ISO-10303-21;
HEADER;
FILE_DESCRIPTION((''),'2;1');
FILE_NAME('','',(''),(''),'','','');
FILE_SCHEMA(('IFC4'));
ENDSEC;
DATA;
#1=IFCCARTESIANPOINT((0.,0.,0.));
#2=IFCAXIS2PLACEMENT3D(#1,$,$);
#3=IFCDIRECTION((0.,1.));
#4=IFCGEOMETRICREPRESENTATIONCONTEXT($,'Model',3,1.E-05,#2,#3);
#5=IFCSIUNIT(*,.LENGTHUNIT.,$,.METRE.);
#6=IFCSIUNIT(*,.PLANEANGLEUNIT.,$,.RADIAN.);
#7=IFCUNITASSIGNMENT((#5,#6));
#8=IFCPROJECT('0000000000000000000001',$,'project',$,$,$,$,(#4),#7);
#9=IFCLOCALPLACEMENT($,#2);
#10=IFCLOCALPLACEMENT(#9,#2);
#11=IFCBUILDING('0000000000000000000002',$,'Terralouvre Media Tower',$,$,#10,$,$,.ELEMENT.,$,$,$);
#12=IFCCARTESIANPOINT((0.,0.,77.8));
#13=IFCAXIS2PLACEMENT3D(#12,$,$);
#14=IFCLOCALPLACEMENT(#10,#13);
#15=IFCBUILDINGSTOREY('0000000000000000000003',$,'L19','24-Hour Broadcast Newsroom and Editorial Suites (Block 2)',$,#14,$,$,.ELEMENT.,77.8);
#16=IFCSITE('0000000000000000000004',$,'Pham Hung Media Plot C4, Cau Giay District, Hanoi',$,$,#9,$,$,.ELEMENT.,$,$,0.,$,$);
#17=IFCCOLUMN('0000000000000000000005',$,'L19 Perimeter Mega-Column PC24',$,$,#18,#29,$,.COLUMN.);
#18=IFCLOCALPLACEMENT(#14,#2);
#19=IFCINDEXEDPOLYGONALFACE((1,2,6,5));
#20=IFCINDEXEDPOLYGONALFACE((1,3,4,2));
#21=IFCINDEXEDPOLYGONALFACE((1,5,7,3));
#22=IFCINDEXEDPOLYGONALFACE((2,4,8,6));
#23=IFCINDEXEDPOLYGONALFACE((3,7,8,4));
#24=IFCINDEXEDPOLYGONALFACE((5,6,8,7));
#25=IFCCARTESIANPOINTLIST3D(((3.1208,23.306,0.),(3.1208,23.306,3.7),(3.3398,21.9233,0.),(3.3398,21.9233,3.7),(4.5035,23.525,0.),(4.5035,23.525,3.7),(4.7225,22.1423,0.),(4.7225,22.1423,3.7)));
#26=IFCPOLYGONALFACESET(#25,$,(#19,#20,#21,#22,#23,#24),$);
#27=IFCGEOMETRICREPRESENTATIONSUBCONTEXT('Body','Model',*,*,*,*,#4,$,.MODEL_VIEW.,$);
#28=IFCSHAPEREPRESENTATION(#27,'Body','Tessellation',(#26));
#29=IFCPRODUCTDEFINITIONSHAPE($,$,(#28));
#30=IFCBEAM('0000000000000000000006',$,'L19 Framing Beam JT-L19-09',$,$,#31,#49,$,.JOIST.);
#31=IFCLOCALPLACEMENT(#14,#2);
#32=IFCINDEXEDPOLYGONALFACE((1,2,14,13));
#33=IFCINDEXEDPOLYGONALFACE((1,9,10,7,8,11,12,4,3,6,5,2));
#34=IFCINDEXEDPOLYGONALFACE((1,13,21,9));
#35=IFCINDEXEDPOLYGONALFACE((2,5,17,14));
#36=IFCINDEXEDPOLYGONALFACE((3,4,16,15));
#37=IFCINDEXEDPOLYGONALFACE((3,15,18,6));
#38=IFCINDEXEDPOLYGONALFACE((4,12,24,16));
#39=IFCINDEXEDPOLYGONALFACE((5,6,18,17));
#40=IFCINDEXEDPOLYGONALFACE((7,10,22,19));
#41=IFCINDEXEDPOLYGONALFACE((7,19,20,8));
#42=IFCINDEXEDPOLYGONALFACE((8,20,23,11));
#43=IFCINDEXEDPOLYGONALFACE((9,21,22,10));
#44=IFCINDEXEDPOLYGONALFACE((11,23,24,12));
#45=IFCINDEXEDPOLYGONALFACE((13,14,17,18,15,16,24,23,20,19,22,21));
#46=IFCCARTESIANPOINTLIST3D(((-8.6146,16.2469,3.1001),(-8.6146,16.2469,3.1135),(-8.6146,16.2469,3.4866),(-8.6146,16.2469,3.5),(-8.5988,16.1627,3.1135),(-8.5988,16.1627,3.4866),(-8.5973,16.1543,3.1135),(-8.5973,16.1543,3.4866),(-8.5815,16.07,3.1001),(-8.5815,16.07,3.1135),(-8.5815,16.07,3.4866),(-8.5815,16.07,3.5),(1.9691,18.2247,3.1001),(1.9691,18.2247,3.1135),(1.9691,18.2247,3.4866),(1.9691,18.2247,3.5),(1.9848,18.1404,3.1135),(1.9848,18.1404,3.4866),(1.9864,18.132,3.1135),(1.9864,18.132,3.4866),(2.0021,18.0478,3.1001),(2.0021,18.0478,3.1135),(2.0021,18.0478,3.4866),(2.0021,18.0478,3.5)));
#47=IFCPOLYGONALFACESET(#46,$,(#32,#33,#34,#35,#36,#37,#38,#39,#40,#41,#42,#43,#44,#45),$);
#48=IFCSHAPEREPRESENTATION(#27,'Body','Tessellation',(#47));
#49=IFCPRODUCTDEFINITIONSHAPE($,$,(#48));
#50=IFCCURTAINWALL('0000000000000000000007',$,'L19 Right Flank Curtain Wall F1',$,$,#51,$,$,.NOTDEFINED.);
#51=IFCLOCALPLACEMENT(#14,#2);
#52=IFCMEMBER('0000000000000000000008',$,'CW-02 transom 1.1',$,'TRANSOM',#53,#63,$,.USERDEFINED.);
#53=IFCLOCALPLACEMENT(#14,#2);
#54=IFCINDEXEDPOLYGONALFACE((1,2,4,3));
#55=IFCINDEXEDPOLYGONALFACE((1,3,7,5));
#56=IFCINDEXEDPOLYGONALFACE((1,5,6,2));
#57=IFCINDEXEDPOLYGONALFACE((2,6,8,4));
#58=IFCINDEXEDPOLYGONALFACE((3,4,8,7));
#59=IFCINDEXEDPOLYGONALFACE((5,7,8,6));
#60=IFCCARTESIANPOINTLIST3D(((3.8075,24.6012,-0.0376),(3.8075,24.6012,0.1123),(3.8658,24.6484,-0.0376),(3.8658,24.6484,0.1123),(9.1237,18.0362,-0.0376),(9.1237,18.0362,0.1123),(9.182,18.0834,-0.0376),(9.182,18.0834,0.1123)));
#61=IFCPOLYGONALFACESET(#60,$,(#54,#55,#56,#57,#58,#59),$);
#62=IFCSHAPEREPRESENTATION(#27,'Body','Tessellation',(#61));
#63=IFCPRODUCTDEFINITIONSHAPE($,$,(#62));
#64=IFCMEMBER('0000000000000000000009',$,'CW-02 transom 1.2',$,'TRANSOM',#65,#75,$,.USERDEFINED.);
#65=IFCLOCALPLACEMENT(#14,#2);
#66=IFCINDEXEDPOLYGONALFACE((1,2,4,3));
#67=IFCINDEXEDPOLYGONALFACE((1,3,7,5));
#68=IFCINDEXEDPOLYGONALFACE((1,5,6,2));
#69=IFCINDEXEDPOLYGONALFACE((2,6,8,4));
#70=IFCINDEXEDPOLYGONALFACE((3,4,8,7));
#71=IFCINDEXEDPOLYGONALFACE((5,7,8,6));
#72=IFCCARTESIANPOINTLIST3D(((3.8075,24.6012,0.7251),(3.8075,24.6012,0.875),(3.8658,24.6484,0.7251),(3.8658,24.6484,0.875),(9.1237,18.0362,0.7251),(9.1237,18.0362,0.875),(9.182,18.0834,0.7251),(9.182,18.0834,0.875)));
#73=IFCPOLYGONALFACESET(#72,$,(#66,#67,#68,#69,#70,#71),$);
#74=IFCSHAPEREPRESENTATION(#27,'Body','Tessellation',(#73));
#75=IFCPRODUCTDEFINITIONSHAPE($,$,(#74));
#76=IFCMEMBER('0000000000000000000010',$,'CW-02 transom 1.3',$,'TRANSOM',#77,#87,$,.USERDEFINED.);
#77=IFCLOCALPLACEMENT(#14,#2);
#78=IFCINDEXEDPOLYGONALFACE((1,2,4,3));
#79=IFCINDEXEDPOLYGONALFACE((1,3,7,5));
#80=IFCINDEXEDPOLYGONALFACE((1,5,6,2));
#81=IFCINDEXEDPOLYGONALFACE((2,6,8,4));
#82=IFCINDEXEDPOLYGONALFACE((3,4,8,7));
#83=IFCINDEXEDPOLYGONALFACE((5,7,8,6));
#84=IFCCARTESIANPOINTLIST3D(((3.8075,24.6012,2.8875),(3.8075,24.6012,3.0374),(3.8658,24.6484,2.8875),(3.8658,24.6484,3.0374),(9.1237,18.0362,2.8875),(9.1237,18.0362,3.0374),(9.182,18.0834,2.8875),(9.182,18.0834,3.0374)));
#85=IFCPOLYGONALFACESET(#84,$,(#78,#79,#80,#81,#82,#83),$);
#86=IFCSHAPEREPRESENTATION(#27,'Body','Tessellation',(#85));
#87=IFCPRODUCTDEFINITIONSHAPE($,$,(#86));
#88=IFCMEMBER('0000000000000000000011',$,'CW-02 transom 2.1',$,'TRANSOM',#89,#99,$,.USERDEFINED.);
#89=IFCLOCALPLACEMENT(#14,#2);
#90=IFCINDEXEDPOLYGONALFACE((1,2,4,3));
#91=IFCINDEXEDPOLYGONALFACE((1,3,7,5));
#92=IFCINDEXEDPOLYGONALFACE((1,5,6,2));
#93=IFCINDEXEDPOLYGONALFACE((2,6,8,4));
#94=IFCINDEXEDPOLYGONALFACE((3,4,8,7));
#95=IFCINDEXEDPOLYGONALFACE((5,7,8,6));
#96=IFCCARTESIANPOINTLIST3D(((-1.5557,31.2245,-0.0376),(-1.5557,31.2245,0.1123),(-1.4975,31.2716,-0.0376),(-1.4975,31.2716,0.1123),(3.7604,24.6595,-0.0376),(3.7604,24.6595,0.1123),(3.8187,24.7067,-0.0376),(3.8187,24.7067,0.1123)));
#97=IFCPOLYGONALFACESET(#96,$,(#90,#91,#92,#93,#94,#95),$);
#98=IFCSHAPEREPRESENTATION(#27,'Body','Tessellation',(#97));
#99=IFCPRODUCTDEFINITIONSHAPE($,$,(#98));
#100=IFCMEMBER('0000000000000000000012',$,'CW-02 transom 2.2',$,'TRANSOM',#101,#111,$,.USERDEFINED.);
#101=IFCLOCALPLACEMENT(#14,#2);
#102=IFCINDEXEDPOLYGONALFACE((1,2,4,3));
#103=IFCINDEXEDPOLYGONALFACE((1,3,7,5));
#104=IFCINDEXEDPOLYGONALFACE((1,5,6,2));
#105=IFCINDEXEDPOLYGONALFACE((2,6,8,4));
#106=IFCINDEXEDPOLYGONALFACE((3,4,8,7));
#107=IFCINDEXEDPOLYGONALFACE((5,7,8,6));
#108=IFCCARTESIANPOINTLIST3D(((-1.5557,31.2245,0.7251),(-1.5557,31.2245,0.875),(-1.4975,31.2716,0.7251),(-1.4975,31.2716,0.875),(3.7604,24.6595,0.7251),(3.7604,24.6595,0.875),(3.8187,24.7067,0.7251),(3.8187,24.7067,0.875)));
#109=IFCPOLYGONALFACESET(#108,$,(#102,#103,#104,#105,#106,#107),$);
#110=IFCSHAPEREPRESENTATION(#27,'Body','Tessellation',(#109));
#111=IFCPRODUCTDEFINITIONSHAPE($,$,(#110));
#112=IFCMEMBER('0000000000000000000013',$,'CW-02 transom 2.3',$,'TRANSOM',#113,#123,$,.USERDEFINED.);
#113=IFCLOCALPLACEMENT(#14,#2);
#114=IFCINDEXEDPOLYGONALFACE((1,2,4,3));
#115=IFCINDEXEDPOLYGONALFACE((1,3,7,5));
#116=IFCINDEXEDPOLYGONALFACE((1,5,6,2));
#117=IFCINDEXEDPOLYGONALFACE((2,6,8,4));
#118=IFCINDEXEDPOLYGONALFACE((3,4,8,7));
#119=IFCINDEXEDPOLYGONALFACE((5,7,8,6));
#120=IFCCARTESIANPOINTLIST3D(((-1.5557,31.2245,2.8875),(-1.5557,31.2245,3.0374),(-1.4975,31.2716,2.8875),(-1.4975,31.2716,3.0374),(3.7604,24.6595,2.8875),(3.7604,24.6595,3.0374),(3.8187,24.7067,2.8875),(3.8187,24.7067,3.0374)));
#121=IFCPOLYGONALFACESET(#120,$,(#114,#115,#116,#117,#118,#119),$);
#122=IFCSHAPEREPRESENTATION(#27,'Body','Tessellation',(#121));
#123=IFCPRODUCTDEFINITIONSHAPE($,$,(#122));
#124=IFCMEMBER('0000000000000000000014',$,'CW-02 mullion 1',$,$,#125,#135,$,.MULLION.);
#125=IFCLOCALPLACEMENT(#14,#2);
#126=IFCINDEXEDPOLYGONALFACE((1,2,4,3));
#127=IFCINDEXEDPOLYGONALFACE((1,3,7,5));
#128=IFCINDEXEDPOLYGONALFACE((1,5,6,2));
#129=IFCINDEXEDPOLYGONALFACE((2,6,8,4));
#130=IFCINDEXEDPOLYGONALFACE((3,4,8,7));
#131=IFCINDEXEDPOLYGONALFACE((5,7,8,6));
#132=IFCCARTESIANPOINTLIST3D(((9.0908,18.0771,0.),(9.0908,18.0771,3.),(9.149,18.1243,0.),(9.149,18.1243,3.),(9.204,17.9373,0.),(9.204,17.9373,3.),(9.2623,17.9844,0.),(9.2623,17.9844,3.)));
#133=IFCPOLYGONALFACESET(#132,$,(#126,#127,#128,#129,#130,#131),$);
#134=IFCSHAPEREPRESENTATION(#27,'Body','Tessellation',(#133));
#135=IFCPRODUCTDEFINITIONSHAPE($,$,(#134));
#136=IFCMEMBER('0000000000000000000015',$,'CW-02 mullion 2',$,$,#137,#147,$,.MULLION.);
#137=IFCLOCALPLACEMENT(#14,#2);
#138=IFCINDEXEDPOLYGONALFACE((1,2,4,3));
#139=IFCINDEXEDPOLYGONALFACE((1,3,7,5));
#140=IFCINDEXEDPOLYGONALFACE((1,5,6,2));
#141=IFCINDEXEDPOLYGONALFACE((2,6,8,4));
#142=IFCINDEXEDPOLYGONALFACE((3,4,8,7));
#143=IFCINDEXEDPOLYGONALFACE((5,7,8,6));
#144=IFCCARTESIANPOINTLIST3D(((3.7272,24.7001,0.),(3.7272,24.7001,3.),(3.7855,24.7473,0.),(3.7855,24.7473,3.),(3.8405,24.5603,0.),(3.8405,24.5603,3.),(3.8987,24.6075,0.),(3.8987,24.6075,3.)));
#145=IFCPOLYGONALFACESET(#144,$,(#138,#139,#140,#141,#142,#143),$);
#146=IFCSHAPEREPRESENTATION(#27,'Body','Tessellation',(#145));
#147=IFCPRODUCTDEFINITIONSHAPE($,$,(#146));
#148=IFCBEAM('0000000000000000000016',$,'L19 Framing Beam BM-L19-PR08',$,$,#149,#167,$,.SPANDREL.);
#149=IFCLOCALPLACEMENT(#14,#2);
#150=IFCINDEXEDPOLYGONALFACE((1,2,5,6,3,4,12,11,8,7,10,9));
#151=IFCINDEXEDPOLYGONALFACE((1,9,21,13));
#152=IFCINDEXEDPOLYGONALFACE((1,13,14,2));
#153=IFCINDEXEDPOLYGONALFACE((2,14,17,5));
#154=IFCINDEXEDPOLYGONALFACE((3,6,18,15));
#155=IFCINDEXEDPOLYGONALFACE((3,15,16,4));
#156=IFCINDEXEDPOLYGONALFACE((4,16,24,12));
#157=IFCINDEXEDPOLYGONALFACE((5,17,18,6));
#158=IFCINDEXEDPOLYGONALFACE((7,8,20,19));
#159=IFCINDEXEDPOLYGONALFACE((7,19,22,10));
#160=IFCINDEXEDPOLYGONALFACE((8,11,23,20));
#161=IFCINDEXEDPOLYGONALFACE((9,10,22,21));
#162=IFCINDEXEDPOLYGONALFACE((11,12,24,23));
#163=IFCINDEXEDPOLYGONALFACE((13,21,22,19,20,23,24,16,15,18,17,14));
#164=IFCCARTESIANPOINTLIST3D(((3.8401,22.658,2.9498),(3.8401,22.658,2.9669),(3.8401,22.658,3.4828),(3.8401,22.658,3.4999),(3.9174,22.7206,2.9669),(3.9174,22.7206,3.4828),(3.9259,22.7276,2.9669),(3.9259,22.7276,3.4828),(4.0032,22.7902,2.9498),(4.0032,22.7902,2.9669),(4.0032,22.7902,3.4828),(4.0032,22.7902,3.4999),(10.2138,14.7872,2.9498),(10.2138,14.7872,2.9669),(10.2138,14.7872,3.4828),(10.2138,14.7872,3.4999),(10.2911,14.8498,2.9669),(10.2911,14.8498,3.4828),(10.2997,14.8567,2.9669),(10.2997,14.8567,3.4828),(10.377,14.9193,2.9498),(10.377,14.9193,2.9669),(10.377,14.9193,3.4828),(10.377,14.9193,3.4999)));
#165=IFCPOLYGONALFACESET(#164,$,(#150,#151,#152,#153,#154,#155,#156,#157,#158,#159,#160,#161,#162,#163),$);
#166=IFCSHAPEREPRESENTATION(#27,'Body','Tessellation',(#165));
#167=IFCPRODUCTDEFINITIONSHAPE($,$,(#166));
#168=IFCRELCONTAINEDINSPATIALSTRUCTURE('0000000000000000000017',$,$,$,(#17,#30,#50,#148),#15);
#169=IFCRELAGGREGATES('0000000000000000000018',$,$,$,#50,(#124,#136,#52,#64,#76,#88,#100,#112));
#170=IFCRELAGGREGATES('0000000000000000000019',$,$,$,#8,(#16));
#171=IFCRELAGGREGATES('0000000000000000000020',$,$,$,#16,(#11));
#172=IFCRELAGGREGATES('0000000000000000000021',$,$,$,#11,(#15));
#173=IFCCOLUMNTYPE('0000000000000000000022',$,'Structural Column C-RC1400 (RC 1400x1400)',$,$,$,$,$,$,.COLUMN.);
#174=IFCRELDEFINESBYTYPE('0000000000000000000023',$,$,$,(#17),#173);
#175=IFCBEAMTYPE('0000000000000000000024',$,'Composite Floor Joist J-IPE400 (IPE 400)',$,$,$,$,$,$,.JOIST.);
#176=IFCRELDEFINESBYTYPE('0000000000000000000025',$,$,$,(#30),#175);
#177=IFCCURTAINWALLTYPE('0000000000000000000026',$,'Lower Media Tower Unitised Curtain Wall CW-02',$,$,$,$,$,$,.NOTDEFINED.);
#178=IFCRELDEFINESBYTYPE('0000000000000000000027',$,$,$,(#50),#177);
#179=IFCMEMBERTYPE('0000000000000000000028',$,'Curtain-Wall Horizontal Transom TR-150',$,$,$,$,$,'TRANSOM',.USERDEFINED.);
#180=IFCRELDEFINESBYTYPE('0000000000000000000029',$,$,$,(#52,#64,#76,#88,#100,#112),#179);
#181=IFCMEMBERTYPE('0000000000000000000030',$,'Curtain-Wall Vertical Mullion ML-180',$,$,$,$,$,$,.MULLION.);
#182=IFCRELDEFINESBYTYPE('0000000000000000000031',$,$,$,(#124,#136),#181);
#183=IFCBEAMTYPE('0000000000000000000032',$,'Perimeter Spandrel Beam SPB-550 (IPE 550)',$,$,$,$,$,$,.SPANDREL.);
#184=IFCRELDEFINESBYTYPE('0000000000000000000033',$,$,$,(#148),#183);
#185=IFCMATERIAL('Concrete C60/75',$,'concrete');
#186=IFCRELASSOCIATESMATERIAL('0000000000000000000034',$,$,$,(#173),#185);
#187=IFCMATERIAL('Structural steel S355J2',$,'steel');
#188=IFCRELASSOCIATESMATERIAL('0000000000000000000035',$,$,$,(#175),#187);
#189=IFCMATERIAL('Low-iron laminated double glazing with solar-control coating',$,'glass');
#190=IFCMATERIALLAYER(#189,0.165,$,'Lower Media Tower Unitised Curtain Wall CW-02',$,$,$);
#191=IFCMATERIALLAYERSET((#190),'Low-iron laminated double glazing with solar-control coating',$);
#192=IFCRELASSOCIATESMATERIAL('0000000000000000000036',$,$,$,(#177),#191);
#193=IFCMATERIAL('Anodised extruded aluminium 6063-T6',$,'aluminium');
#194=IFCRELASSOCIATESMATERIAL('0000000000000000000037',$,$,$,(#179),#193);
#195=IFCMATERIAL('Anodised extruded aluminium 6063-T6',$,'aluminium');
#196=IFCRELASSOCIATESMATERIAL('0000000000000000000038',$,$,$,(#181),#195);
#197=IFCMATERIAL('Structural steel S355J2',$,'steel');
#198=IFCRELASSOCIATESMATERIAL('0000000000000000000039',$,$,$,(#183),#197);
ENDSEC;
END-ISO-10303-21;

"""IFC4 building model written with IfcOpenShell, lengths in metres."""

from ifc_helpers import new_model, si_unit, direction, frame, origin, origin_2d, place, context, subcontext, project, spatial, rectangle, i_section, extrude, material, layer, layer_set, material_profile, profile_set, type_object, element, aggregate, save


model = new_model("IFC4")

# Units and contexts
model_context = context("Model", 3, precision=1e-05, world=origin(), true_north=direction((0.0, 1.0)))
body_context = subcontext(model_context, "Body", "Model", "MODEL_VIEW")
ifc_project = project(units=[si_unit("LENGTHUNIT", "METRE"), si_unit("PLANEANGLEUNIT", "RADIAN")], contexts=[model_context])

# Site, building, storey
site_placement = place(None, origin())
site = spatial("IfcSite", under=ifc_project, at=site_placement, Name="Pham Hung Media Plot C4, Cau Giay District, Hanoi", CompositionType="ELEMENT", RefElevation=0.0)
building_placement = place(site_placement, origin())
building = spatial("IfcBuilding", under=site, at=building_placement, Name="Terralouvre Media Tower", CompositionType="ELEMENT")
storey_placement = place(building_placement, frame((0.0, 0.0, 77.8)))
storey = spatial("IfcBuildingStorey", under=building, at=storey_placement, Name="L19", Description="24-Hour Broadcast Newsroom and Editorial Suites (Block 2)", CompositionType="ELEMENT", Elevation=77.8)

# Column
ifc_material_1 = material(Name="Concrete C60/75", Category="concrete")
ifc_material_profile_1 = material_profile(ifc_material_1, rectangle(XDim=1.3999, YDim=1.3999, at=origin_2d()), Name="RC 1400x1400")
ifc_profile_set_1 = profile_set([ifc_material_profile_1], Name="Concrete C60/75")
column_type = type_object("IfcColumnType", Name="Structural Column C-RC1400 (RC 1400x1400)", PredefinedType="COLUMN", material=ifc_profile_set_1)
column_placement = place(storey_placement, frame((3.9216, 22.7241, 0.0), z_axis=(0.0, 0.0, 1.0), x_axis=(0.987688, 0.156434, 0.0)))
element("IfcColumn", 1, at=column_placement, inside=storey, type_object=column_type, Name="L19 Perimeter Mega-Column PC24", PredefinedType="COLUMN", context=body_context, shape_type="SweptSolid", body=[
    extrude(rectangle(XDim=1.3999, YDim=1.3999, at=origin_2d()), origin(), (0.0, 0.0, 1.0), 3.7),
])

# Beam
ifc_material_2 = material(Name="Structural steel S355J2", Category="steel")
ifc_material_profile_2 = material_profile(ifc_material_2, i_section(OverallWidth=0.1799, OverallDepth=0.3999, WebThickness=0.0085, FlangeThickness=0.0134, at=origin_2d()), Name="IPE 400")
ifc_profile_set_2 = profile_set([ifc_material_profile_2], Name="Structural steel S355J2")
beam_type_1 = type_object("IfcBeamType", Name="Composite Floor Joist J-IPE400 (IPE 400)", PredefinedType="JOIST", material=ifc_profile_set_2)
beam_1_placement = place(storey_placement, frame((1.9856, 18.1362, 3.3), z_axis=(-0.982984, -0.18369, 0.0), x_axis=(0.18369, -0.982984, 0.0)))
element("IfcBeam", 2, at=beam_1_placement, inside=storey, type_object=beam_type_1, Name="L19 Framing Beam JT-L19-09", PredefinedType="JOIST", context=body_context, shape_type="SweptSolid", body=[
    extrude(i_section(OverallWidth=0.1799, OverallDepth=0.3999, WebThickness=0.0085, FlangeThickness=0.0134, at=origin_2d()), origin(), (0.0, 0.0, 1.0), 10.7668),
])

# Curtain wall, members
ifc_material_3 = material(Name="Low-iron laminated double glazing with solar-control coating", Category="glass")
ifc_layer_1 = layer(ifc_material_3, 0.165, Name="Lower Media Tower Unitised Curtain Wall CW-02")
ifc_layer_set_1 = layer_set([ifc_layer_1], Name="Low-iron laminated double glazing with solar-control coating")
curtain_wall_type = type_object("IfcCurtainWallType", Name="Lower Media Tower Unitised Curtain Wall CW-02", PredefinedType="NOTDEFINED", material=ifc_layer_set_1)
curtain_wall_placement = place(storey_placement, origin())
curtain_wall = element("IfcCurtainWall", 3, at=curtain_wall_placement, inside=storey, type_object=curtain_wall_type, Name="L19 Right Flank Curtain Wall F1", PredefinedType="NOTDEFINED")
ifc_material_4 = material(Name="Anodised extruded aluminium 6063-T6", Category="aluminium")
ifc_material_profile_3 = material_profile(ifc_material_4, rectangle(XDim=0.075, YDim=0.1499, at=origin_2d()), Name="ALU 75x150")
ifc_profile_set_3 = profile_set([ifc_material_profile_3], Name="Anodised extruded aluminium 6063-T6")
member_type_1 = type_object("IfcMemberType", Name="Curtain-Wall Horizontal Transom TR-150", ElementType="TRANSOM", PredefinedType="USERDEFINED", material=ifc_profile_set_3)
member_1_placement = place(storey_placement, frame((9.1528, 18.0598, 0.0374), z_axis=(-0.629319, 0.777147, 0.0), x_axis=(-0.777147, -0.629319, 0.0)))
member_1 = element("IfcMember", 4, at=member_1_placement, type_object=member_type_1, Name="CW-02 transom 1.1", ObjectType="TRANSOM", PredefinedType="USERDEFINED", context=body_context, shape_type="SweptSolid", body=[
    extrude(rectangle(XDim=0.075, YDim=0.1499, at=origin_2d()), origin(), (0.0, 0.0, 1.0), 8.4475),
])
member_2_placement = place(storey_placement, frame((9.1528, 18.0598, 0.8), z_axis=(-0.629319, 0.777147, 0.0), x_axis=(-0.777147, -0.629319, 0.0)))
member_2 = element("IfcMember", 5, at=member_2_placement, type_object=member_type_1, Name="CW-02 transom 1.2", ObjectType="TRANSOM", PredefinedType="USERDEFINED", context=body_context, shape_type="SweptSolid", body=[
    extrude(rectangle(XDim=0.075, YDim=0.1499, at=origin_2d()), origin(), (0.0, 0.0, 1.0), 8.4475),
])
member_3_placement = place(storey_placement, frame((9.1528, 18.0598, 2.9624), z_axis=(-0.629319, 0.777147, 0.0), x_axis=(-0.777147, -0.629319, 0.0)))
member_3 = element("IfcMember", 6, at=member_3_placement, type_object=member_type_1, Name="CW-02 transom 1.3", ObjectType="TRANSOM", PredefinedType="USERDEFINED", context=body_context, shape_type="SweptSolid", body=[
    extrude(rectangle(XDim=0.075, YDim=0.1499, at=origin_2d()), origin(), (0.0, 0.0, 1.0), 8.4475),
])
member_4_placement = place(storey_placement, frame((3.7896, 24.6831, 0.0374), z_axis=(-0.629319, 0.777147, 0.0), x_axis=(-0.777147, -0.629319, 0.0)))
member_4 = element("IfcMember", 7, at=member_4_placement, type_object=member_type_1, Name="CW-02 transom 2.1", ObjectType="TRANSOM", PredefinedType="USERDEFINED", context=body_context, shape_type="SweptSolid", body=[
    extrude(rectangle(XDim=0.075, YDim=0.1499, at=origin_2d()), origin(), (0.0, 0.0, 1.0), 8.4475),
])
member_5_placement = place(storey_placement, frame((3.7896, 24.6831, 0.8), z_axis=(-0.629319, 0.777147, 0.0), x_axis=(-0.777147, -0.629319, 0.0)))
member_5 = element("IfcMember", 8, at=member_5_placement, type_object=member_type_1, Name="CW-02 transom 2.2", ObjectType="TRANSOM", PredefinedType="USERDEFINED", context=body_context, shape_type="SweptSolid", body=[
    extrude(rectangle(XDim=0.075, YDim=0.1499, at=origin_2d()), origin(), (0.0, 0.0, 1.0), 8.4475),
])
member_6_placement = place(storey_placement, frame((3.7896, 24.6831, 2.9624), z_axis=(-0.629319, 0.777147, 0.0), x_axis=(-0.777147, -0.629319, 0.0)))
member_6 = element("IfcMember", 9, at=member_6_placement, type_object=member_type_1, Name="CW-02 transom 2.3", ObjectType="TRANSOM", PredefinedType="USERDEFINED", context=body_context, shape_type="SweptSolid", body=[
    extrude(rectangle(XDim=0.075, YDim=0.1499, at=origin_2d()), origin(), (0.0, 0.0, 1.0), 8.4475),
])
ifc_material_5 = material(Name="Anodised extruded aluminium 6063-T6", Category="aluminium")
ifc_material_profile_4 = material_profile(ifc_material_5, rectangle(XDim=0.075, YDim=0.1799, at=origin_2d()), Name="ALU 75x180")
ifc_profile_set_4 = profile_set([ifc_material_profile_4], Name="Anodised extruded aluminium 6063-T6")
member_type_2 = type_object("IfcMemberType", Name="Curtain-Wall Vertical Mullion ML-180", PredefinedType="MULLION", material=ifc_profile_set_4)
member_7_placement = place(storey_placement, frame((9.1765, 18.0308, 0.0), z_axis=(0.0, 0.0, 1.0), x_axis=(-0.777146, -0.629321, 0.0)))
member_7 = element("IfcMember", 10, at=member_7_placement, type_object=member_type_2, Name="CW-02 mullion 1", PredefinedType="MULLION", context=body_context, shape_type="SweptSolid", body=[
    extrude(rectangle(XDim=0.075, YDim=0.1799, at=origin_2d()), origin(), (0.0, 0.0, 1.0), 3.0),
])
member_8_placement = place(storey_placement, frame((3.813, 24.6538, 0.0), z_axis=(0.0, 0.0, 1.0), x_axis=(-0.777146, -0.629321, 0.0)))
member_8 = element("IfcMember", 11, at=member_8_placement, type_object=member_type_2, Name="CW-02 mullion 2", PredefinedType="MULLION", context=body_context, shape_type="SweptSolid", body=[
    extrude(rectangle(XDim=0.075, YDim=0.1799, at=origin_2d()), origin(), (0.0, 0.0, 1.0), 3.0),
])

# Beam
ifc_material_6 = material(Name="Structural steel S355J2", Category="steel")
ifc_material_profile_5 = material_profile(ifc_material_6, i_section(OverallWidth=0.21, OverallDepth=0.55, WebThickness=0.011, FlangeThickness=0.0171, at=origin_2d()), Name="IPE 550")
ifc_profile_set_5 = profile_set([ifc_material_profile_5], Name="Structural steel S355J2")
beam_type_2 = type_object("IfcBeamType", Name="Perimeter Spandrel Beam SPB-550 (IPE 550)", PredefinedType="SPANDREL", material=ifc_profile_set_5)
beam_2_placement = place(storey_placement, frame((10.2954, 14.8533, 3.2249), z_axis=(-0.629326, 0.777142, 0.0), x_axis=(-0.777142, -0.629326, 0.0)))
element("IfcBeam", 12, at=beam_2_placement, inside=storey, type_object=beam_type_2, Name="L19 Framing Beam BM-L19-PR08", PredefinedType="SPANDREL", context=body_context, shape_type="SweptSolid", body=[
    extrude(i_section(OverallWidth=0.21, OverallDepth=0.55, WebThickness=0.011, FlangeThickness=0.0171, at=origin_2d()), origin(), (0.0, 0.0, 1.0), 10.1279),
])

aggregate(curtain_wall, [member_7, member_8, member_1, member_2, member_3, member_4, member_5, member_6])

save(model, "model.ifc")
